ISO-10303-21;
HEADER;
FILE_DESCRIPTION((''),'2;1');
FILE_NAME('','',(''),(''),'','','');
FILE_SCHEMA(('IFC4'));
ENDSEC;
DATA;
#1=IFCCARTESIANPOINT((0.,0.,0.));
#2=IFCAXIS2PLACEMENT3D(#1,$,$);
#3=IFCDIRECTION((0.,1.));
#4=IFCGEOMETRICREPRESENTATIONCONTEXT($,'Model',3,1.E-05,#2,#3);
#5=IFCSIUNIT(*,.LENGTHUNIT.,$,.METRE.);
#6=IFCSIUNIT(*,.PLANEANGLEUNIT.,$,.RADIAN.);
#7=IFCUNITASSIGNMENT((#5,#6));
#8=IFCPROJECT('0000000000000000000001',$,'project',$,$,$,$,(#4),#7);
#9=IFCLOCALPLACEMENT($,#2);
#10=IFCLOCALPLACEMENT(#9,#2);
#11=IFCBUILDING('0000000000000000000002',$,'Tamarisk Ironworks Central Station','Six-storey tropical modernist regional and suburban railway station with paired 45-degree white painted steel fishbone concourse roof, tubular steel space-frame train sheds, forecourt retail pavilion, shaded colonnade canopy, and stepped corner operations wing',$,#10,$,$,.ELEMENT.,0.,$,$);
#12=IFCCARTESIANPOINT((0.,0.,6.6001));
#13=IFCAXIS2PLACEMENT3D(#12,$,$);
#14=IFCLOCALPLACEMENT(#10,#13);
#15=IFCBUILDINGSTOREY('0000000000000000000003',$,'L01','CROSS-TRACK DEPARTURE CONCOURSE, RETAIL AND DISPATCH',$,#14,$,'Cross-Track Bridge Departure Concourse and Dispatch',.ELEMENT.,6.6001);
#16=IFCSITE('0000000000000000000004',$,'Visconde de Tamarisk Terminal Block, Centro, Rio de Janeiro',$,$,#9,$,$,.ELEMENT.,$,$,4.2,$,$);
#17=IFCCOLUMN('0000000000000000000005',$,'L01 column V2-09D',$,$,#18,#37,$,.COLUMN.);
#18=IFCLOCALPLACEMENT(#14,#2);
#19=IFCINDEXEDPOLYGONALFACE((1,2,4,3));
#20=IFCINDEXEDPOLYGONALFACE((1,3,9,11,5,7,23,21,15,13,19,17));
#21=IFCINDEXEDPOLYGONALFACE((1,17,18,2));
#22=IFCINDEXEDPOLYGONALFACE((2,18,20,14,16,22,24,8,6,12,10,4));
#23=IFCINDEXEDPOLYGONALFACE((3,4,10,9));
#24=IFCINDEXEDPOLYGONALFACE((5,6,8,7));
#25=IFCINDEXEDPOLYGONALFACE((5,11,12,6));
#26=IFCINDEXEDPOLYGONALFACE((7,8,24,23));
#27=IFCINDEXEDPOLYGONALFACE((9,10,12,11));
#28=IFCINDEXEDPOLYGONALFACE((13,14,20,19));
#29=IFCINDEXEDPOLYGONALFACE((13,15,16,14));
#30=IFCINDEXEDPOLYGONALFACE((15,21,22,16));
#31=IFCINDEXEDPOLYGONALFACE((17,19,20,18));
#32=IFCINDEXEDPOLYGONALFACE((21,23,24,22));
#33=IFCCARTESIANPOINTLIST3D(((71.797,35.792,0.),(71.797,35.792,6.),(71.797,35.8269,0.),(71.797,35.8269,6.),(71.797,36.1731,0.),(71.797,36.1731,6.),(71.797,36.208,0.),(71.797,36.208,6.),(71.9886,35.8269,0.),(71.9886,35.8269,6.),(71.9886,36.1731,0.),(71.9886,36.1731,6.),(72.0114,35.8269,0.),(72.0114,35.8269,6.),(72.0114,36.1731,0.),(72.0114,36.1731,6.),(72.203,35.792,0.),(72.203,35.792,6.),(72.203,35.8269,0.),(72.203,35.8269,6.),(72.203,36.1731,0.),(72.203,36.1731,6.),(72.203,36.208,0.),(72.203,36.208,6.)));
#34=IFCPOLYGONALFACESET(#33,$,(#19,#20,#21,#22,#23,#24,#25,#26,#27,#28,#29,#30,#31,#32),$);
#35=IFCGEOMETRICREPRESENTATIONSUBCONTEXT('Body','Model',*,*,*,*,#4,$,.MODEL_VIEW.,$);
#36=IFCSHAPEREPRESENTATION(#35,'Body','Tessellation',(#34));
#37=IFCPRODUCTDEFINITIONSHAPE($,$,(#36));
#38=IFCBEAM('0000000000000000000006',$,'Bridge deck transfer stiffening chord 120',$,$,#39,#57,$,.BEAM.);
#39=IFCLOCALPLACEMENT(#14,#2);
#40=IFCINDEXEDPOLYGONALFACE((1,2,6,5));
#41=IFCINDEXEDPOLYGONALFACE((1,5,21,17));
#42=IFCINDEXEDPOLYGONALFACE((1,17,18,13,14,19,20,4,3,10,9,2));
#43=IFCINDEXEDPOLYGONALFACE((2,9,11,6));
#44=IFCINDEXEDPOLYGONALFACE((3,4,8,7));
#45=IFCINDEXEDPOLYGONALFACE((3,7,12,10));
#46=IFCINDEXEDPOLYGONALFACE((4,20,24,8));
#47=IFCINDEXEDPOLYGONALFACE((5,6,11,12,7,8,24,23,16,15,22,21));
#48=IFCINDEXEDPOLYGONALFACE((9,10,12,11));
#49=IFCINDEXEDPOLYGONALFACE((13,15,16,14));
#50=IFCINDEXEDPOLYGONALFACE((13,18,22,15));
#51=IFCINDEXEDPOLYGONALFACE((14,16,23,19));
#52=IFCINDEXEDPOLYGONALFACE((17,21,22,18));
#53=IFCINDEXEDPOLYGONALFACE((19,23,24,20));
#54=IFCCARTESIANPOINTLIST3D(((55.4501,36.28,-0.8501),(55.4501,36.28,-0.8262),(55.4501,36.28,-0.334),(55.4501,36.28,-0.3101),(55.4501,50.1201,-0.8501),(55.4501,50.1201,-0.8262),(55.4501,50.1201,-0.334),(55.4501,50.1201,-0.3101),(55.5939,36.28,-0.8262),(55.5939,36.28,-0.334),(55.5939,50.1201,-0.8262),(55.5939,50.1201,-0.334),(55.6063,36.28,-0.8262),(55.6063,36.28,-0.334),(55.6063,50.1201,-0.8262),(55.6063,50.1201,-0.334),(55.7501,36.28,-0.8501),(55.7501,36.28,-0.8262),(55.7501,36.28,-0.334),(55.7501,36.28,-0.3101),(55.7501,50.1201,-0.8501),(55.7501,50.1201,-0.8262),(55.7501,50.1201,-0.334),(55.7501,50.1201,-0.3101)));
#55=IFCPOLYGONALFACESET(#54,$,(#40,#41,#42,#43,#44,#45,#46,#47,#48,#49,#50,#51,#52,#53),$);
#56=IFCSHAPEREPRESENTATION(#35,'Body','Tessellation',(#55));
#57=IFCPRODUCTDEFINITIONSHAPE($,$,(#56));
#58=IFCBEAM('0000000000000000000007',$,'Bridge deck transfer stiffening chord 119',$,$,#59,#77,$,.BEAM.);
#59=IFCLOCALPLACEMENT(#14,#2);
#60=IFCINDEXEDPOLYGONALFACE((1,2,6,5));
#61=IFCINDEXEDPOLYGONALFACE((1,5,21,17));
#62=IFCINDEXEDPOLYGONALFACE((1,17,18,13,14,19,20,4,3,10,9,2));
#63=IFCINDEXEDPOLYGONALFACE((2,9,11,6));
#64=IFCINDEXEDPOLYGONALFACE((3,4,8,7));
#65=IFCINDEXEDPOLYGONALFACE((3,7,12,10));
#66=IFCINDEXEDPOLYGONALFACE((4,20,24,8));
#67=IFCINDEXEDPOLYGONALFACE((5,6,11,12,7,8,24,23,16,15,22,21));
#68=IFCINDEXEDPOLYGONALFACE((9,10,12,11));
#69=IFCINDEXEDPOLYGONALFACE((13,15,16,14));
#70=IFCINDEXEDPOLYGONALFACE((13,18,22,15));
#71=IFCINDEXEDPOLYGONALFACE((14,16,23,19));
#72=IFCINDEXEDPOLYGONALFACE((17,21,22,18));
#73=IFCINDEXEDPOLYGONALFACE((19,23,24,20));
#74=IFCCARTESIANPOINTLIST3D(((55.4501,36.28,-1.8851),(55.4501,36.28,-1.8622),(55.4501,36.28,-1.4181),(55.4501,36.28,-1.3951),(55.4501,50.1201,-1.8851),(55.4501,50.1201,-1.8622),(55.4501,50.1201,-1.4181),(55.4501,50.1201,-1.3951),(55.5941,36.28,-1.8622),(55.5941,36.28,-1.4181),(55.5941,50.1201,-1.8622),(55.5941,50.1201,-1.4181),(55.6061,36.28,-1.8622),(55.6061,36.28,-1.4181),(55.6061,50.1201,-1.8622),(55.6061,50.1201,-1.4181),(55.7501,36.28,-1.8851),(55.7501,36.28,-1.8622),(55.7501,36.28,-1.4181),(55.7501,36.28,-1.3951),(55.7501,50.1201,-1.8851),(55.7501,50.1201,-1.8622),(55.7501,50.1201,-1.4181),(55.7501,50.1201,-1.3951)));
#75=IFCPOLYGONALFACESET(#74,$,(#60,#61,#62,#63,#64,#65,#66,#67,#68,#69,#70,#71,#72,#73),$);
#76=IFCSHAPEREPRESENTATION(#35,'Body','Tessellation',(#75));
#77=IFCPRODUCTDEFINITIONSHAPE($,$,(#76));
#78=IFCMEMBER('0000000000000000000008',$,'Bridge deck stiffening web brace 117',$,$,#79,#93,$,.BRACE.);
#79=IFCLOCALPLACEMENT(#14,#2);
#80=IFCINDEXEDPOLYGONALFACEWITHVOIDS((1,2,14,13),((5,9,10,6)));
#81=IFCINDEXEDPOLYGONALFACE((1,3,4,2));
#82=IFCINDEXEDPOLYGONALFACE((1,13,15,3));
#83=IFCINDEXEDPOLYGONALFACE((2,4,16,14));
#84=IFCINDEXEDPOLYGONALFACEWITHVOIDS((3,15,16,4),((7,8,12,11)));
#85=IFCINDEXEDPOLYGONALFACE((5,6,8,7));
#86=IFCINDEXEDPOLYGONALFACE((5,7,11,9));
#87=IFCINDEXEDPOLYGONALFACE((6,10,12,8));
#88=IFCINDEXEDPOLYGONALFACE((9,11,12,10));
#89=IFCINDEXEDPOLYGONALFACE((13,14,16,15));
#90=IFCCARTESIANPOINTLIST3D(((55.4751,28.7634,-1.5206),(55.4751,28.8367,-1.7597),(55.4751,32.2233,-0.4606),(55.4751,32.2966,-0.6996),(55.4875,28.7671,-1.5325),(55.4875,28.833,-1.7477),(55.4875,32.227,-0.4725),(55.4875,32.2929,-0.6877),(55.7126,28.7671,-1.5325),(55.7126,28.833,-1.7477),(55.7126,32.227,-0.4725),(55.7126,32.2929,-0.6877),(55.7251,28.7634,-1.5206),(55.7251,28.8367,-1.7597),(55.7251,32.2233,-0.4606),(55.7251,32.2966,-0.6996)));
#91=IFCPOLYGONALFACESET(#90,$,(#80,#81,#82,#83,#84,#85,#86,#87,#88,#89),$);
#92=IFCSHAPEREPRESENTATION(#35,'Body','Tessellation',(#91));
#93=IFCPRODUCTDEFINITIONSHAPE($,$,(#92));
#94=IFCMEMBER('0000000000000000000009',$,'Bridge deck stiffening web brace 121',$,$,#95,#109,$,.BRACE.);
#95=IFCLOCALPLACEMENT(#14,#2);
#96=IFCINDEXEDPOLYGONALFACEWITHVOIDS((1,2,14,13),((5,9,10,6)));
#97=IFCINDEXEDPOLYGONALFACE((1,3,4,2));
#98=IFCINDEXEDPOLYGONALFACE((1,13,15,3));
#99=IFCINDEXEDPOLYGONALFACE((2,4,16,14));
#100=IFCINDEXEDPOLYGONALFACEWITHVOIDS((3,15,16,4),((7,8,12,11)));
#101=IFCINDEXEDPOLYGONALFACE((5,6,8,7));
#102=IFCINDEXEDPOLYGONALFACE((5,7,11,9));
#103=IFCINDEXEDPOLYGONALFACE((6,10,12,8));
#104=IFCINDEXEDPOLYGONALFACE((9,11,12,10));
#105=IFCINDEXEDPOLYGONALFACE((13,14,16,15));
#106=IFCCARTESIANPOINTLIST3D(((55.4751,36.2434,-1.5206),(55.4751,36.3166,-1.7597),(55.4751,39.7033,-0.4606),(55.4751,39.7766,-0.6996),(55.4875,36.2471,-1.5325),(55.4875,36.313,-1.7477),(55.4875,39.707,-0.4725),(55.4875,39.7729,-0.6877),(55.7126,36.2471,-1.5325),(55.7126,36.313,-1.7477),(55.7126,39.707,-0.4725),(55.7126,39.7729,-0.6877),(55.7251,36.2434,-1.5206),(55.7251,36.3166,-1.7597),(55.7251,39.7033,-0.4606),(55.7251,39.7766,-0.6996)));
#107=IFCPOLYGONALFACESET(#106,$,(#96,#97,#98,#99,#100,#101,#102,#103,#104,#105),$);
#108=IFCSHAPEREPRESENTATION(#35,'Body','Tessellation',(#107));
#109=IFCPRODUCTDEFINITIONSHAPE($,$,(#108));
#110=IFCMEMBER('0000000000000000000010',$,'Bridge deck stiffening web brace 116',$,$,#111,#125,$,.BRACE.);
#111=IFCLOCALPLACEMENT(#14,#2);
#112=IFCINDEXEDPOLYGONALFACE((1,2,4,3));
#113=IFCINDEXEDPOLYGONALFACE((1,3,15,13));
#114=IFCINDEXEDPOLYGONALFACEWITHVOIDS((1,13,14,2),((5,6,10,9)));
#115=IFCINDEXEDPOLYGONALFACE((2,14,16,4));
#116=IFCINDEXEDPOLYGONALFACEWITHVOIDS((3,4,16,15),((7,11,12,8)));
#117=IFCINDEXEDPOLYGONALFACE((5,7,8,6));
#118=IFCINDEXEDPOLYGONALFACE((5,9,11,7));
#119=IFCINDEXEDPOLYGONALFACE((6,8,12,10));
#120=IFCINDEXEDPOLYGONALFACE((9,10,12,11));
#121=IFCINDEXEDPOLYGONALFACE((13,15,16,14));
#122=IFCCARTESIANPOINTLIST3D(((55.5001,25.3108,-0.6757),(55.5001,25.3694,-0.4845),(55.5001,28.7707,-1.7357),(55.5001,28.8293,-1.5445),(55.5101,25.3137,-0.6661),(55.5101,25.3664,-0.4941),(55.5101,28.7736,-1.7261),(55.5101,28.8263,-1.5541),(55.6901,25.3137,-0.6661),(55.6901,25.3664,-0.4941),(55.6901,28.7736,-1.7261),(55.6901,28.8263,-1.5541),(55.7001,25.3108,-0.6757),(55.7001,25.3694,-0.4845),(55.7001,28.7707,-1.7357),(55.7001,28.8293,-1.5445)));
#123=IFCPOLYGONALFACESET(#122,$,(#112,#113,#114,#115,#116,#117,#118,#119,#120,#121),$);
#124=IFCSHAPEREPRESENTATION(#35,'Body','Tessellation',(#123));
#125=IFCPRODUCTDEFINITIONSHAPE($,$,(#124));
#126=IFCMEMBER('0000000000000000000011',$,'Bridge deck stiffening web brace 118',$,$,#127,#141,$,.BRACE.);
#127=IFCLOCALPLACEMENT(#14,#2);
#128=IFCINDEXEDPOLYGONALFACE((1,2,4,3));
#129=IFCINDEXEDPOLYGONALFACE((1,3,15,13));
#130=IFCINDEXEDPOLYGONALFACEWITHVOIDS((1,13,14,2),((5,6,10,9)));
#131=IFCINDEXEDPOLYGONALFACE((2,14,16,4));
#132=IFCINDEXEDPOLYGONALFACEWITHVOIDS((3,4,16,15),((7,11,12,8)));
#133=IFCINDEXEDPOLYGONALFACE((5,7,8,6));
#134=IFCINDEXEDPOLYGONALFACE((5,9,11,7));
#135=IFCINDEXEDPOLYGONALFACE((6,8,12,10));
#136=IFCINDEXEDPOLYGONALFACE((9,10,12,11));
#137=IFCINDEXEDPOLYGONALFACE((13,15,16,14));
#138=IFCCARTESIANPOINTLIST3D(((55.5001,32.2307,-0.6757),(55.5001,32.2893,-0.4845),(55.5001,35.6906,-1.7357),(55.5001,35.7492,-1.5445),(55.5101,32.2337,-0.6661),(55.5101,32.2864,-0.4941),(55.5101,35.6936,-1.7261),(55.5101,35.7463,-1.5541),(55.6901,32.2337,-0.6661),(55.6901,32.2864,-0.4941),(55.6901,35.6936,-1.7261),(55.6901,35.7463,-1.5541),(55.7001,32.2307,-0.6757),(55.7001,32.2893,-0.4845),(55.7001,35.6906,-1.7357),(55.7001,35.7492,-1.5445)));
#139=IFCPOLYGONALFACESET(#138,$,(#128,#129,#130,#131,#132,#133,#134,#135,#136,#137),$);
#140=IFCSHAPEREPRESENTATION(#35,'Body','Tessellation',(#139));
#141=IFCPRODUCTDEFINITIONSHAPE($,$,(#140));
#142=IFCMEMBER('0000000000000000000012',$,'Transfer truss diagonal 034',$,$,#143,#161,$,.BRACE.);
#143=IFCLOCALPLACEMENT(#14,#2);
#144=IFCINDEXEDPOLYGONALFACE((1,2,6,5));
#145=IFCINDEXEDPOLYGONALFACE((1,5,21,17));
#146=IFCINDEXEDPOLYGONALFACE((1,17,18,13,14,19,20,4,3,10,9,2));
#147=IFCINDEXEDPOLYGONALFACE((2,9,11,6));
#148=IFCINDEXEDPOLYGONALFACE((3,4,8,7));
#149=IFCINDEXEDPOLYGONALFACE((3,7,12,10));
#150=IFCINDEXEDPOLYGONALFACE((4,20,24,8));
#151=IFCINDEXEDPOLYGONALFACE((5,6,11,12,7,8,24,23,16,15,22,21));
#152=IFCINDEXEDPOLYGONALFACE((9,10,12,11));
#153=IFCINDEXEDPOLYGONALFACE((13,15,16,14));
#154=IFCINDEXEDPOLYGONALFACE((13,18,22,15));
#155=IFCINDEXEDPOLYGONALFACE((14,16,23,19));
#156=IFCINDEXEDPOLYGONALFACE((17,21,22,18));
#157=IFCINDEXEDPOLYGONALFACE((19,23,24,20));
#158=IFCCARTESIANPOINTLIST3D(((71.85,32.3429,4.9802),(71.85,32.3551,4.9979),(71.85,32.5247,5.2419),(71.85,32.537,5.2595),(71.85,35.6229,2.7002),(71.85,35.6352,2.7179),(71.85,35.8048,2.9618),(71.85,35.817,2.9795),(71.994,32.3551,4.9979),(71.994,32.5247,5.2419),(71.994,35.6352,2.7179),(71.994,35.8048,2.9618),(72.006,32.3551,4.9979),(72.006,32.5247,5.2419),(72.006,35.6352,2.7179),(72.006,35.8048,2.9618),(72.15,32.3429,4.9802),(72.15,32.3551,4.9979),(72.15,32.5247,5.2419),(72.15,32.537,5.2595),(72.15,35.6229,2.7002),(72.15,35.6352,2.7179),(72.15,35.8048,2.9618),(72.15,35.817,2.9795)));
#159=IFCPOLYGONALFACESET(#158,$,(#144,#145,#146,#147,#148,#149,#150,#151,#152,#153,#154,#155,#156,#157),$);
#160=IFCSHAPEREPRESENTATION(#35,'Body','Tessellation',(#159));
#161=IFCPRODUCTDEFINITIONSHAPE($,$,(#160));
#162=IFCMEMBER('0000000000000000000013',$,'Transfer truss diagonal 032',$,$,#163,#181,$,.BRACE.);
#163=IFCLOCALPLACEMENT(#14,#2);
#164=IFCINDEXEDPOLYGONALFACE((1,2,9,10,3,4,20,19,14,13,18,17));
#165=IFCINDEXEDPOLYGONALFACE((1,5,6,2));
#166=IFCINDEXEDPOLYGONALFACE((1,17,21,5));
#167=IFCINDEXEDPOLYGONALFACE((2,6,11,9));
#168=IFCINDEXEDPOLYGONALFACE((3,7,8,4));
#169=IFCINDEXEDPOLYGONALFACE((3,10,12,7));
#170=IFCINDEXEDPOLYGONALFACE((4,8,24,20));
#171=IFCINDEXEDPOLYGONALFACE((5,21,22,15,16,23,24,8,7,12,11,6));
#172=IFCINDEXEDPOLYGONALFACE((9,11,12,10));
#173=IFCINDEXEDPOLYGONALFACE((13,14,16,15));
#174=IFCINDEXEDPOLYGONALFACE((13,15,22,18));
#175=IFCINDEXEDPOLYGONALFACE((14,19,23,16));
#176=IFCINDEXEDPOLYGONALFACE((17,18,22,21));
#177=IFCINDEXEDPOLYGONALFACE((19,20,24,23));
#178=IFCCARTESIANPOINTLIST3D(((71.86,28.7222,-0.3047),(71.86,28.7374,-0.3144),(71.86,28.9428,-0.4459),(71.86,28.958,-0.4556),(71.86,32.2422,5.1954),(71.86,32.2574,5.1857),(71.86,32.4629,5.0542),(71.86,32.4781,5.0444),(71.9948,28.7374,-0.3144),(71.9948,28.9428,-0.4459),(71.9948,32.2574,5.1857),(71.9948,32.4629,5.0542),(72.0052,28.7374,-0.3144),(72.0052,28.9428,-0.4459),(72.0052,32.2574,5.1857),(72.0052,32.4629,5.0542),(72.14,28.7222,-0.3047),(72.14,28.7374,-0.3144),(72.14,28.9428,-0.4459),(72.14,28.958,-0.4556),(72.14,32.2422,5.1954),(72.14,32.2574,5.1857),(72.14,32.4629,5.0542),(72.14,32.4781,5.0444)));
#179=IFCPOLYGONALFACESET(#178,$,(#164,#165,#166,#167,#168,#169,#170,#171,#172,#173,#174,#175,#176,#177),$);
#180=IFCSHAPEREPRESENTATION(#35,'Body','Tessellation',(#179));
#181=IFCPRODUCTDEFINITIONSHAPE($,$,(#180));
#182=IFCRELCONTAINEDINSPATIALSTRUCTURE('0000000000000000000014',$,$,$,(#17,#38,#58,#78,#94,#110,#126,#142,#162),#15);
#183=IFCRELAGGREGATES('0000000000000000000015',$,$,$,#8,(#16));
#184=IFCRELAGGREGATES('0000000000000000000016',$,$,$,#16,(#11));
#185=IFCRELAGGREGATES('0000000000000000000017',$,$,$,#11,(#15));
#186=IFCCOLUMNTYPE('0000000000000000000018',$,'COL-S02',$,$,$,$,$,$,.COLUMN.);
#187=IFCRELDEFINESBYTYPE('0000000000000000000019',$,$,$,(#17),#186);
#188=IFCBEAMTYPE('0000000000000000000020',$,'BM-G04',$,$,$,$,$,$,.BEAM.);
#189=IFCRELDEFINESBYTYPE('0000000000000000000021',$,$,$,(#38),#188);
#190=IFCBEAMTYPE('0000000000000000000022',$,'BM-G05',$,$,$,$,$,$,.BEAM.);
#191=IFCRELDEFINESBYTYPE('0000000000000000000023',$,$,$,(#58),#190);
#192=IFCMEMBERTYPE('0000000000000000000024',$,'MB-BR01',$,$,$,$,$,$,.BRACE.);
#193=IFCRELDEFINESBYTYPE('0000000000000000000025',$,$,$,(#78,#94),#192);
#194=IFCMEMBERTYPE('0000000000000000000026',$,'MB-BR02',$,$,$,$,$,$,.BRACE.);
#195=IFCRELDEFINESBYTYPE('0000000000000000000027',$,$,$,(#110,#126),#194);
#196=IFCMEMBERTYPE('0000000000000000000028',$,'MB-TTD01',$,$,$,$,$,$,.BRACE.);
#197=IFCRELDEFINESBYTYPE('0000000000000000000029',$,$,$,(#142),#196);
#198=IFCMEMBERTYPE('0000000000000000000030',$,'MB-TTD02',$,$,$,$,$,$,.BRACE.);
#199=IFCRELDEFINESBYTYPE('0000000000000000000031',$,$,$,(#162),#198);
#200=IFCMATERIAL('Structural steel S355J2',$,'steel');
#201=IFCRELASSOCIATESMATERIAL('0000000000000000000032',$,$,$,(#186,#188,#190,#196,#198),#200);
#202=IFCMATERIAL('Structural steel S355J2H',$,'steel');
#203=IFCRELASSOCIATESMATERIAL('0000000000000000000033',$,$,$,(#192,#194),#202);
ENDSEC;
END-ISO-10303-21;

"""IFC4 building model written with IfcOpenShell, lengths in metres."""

from ifc_helpers import new_model, si_unit, direction, frame, origin, origin_2d, place, context, subcontext, project, spatial, hollow_rectangle, i_section, extrude, material, material_profile, profile_set, type_object, element, save


model = new_model("IFC4")

# Units and contexts
model_context = context("Model", 3, precision=1e-05, world=origin(), true_north=direction((0.0, 1.0)))
body_context = subcontext(model_context, "Body", "Model", "MODEL_VIEW")
ifc_project = project(units=[si_unit("LENGTHUNIT", "METRE"), si_unit("PLANEANGLEUNIT", "RADIAN")], contexts=[model_context])

# Site, building, storey
site_placement = place(None, origin())
site = spatial("IfcSite", under=ifc_project, at=site_placement, Name="Visconde de Tamarisk Terminal Block, Centro, Rio de Janeiro", CompositionType="ELEMENT", RefElevation=4.2)
building_placement = place(site_placement, origin())
building = spatial("IfcBuilding", under=site, at=building_placement, Name="Tamarisk Ironworks Central Station", Description="Six-storey tropical modernist regional and suburban railway station with paired 45-degree white painted steel fishbone concourse roof, tubular steel space-frame train sheds, forecourt retail pavilion, shaded colonnade canopy, and stepped corner operations wing", CompositionType="ELEMENT", ElevationOfRefHeight=0.0)
storey_placement = place(building_placement, frame((0.0, 0.0, 6.6001)))
storey = spatial("IfcBuildingStorey", under=building, at=storey_placement, Name="L01", Description="CROSS-TRACK DEPARTURE CONCOURSE, RETAIL AND DISPATCH", LongName="Cross-Track Bridge Departure Concourse and Dispatch", CompositionType="ELEMENT", Elevation=6.6001)

# Column
ifc_material_1 = material(Name="Structural steel S355J2", Category="steel")
ifc_material_profile_1 = material_profile(ifc_material_1, i_section(OverallWidth=0.406, OverallDepth=0.416, WebThickness=0.0227, FlangeThickness=0.0349, at=origin_2d()), Name="HD 400x382")
ifc_profile_set_1 = profile_set([ifc_material_profile_1], Name="Structural steel S355J2")
column_type = type_object("IfcColumnType", Name="COL-S02", PredefinedType="COLUMN", material=ifc_profile_set_1)
column_placement = place(storey_placement, frame((72.0, 36.0, 0.0), z_axis=(0.0, 0.0, 1.0), x_axis=(1.0, 0.0, 0.0)))
element("IfcColumn", 1, at=column_placement, inside=storey, type_object=column_type, Name="L01 column V2-09D", PredefinedType="COLUMN", context=body_context, shape_type="SweptSolid", body=[
    extrude(i_section(OverallWidth=0.406, OverallDepth=0.416, WebThickness=0.0227, FlangeThickness=0.0349, at=origin_2d()), origin(), (0.0, 0.0, 1.0), 6.0),
])

# Beams
ifc_material_profile_2 = material_profile(ifc_material_1, i_section(OverallWidth=0.3, OverallDepth=0.54, WebThickness=0.0125, FlangeThickness=0.0239, at=origin_2d()), Name="HEA 550")
ifc_profile_set_2 = profile_set([ifc_material_profile_2], Name="Structural steel S355J2")
beam_type_1 = type_object("IfcBeamType", Name="BM-G04", PredefinedType="BEAM", material=ifc_profile_set_2)
beam_1_placement = place(storey_placement, frame((55.6001, 36.28, -0.5801), z_axis=(0.0, 1.0, 0.0), x_axis=(-1.0, 0.0, 0.0)))
element("IfcBeam", 2, at=beam_1_placement, inside=storey, type_object=beam_type_1, Name="Bridge deck transfer stiffening chord 120", PredefinedType="BEAM", context=body_context, shape_type="SweptSolid", body=[
    extrude(i_section(OverallWidth=0.3, OverallDepth=0.54, WebThickness=0.0125, FlangeThickness=0.0239, at=origin_2d()), origin(), (0.0, 0.0, 1.0), 13.8401),
])
ifc_material_profile_3 = material_profile(ifc_material_1, i_section(OverallWidth=0.3, OverallDepth=0.49, WebThickness=0.012, FlangeThickness=0.0229, at=origin_2d()), Name="HEA 500")
ifc_profile_set_3 = profile_set([ifc_material_profile_3], Name="Structural steel S355J2")
beam_type_2 = type_object("IfcBeamType", Name="BM-G05", PredefinedType="BEAM", material=ifc_profile_set_3)
beam_2_placement = place(storey_placement, frame((55.6001, 36.28, -1.6401), z_axis=(0.0, 1.0, 0.0), x_axis=(-1.0, 0.0, 0.0)))
element("IfcBeam", 3, at=beam_2_placement, inside=storey, type_object=beam_type_2, Name="Bridge deck transfer stiffening chord 119", PredefinedType="BEAM", context=body_context, shape_type="SweptSolid", body=[
    extrude(i_section(OverallWidth=0.3, OverallDepth=0.49, WebThickness=0.012, FlangeThickness=0.0229, at=origin_2d()), origin(), (0.0, 0.0, 1.0), 13.8401),
])

# Members
ifc_material_2 = material(Name="Structural steel S355J2H", Category="steel")
ifc_material_profile_4 = material_profile(ifc_material_2, hollow_rectangle(XDim=0.25, YDim=0.25, WallThickness=0.0125, at=origin_2d()), Name="SHS 250x250x12.5")
ifc_profile_set_4 = profile_set([ifc_material_profile_4], Name="Structural steel S355J2H")
member_type_1 = type_object("IfcMemberType", Name="MB-BR01", PredefinedType="BRACE", material=ifc_profile_set_4)
for number, where, z_axis, x_axis, name in (
    (4, (55.6001, 28.8, -1.6401), (0.0, 0.956131, 0.292938), (-1.0, 0.0, 0.0), "Bridge deck stiffening web brace 117"),
    (5, (55.6001, 36.28, -1.6401), (0.0, 0.956131, 0.292938), (-1.0, 0.0, 0.0), "Bridge deck stiffening web brace 121"),
):
    element("IfcMember", number, at=place(storey_placement, frame(where, z_axis=z_axis, x_axis=x_axis)), inside=storey, type_object=member_type_1, Name=name, PredefinedType="BRACE", context=body_context, shape_type="SweptSolid", body=[
        extrude(hollow_rectangle(XDim=0.25, YDim=0.25, WallThickness=0.0125, at=origin_2d()), origin(), (0.0, 0.0, 1.0), 3.6187),
    ])
ifc_material_profile_5 = material_profile(ifc_material_2, hollow_rectangle(XDim=0.2, YDim=0.2, WallThickness=0.01, at=origin_2d()), Name="SHS 200x200x10")
ifc_profile_set_5 = profile_set([ifc_material_profile_5], Name="Structural steel S355J2H")
member_type_2 = type_object("IfcMemberType", Name="MB-BR02", PredefinedType="BRACE", material=ifc_profile_set_5)
for number, where, z_axis, x_axis, name in (
    (6, (55.6001, 25.3401, -0.5801), (0.0, 0.956131, -0.292938), (-1.0, 0.0, 0.0), "Bridge deck stiffening web brace 116"),
    (7, (55.6001, 32.26, -0.5801), (0.0, 0.956131, -0.292938), (-1.0, 0.0, 0.0), "Bridge deck stiffening web brace 118"),
):
    element("IfcMember", number, at=place(storey_placement, frame(where, z_axis=z_axis, x_axis=x_axis)), inside=storey, type_object=member_type_2, Name=name, PredefinedType="BRACE", context=body_context, shape_type="SweptSolid", body=[
        extrude(hollow_rectangle(XDim=0.2, YDim=0.2, WallThickness=0.01, at=origin_2d()), origin(), (0.0, 0.0, 1.0), 3.6187),
    ])
ifc_material_profile_6 = material_profile(ifc_material_1, i_section(OverallWidth=0.3, OverallDepth=0.3401, WebThickness=0.012, FlangeThickness=0.0215, at=origin_2d()), Name="HEB 340")
ifc_profile_set_6 = profile_set([ifc_material_profile_6], Name="Structural steel S355J2")
member_type_3 = type_object("IfcMemberType", Name="MB-TTD01", PredefinedType="BRACE", material=ifc_profile_set_6)
member_1_placement = place(storey_placement, frame((72.0, 32.4399, 5.1199), z_axis=(0.0, 0.821108, -0.570773), x_axis=(-1.0, 0.0, 0.0)))
element("IfcMember", 8, at=member_1_placement, inside=storey, type_object=member_type_3, Name="Transfer truss diagonal 034", PredefinedType="BRACE", context=body_context, shape_type="SweptSolid", body=[
    extrude(i_section(OverallWidth=0.3, OverallDepth=0.3401, WebThickness=0.012, FlangeThickness=0.0215, at=origin_2d()), origin(), (0.0, 0.0, 1.0), 3.9946),
])
ifc_material_profile_7 = material_profile(ifc_material_1, i_section(OverallWidth=0.28, OverallDepth=0.28, WebThickness=0.0105, FlangeThickness=0.0181, at=origin_2d()), Name="HEB 280")
ifc_profile_set_7 = profile_set([ifc_material_profile_7], Name="Structural steel S355J2")
member_type_4 = type_object("IfcMemberType", Name="MB-TTD02", PredefinedType="BRACE", material=ifc_profile_set_7)
member_2_placement = place(storey_placement, frame((72.0, 28.8401, -0.3801), z_axis=(0.0, 0.539056, 0.84227), x_axis=(-1.0, 0.0, 0.0)))
element("IfcMember", 9, at=member_2_placement, inside=storey, type_object=member_type_4, Name="Transfer truss diagonal 032", PredefinedType="BRACE", context=body_context, shape_type="SweptSolid", body=[
    extrude(i_section(OverallWidth=0.28, OverallDepth=0.28, WebThickness=0.0105, FlangeThickness=0.0181, at=origin_2d()), origin(), (0.0, 0.0, 1.0), 6.53),
])

save(model, "model.ifc")
